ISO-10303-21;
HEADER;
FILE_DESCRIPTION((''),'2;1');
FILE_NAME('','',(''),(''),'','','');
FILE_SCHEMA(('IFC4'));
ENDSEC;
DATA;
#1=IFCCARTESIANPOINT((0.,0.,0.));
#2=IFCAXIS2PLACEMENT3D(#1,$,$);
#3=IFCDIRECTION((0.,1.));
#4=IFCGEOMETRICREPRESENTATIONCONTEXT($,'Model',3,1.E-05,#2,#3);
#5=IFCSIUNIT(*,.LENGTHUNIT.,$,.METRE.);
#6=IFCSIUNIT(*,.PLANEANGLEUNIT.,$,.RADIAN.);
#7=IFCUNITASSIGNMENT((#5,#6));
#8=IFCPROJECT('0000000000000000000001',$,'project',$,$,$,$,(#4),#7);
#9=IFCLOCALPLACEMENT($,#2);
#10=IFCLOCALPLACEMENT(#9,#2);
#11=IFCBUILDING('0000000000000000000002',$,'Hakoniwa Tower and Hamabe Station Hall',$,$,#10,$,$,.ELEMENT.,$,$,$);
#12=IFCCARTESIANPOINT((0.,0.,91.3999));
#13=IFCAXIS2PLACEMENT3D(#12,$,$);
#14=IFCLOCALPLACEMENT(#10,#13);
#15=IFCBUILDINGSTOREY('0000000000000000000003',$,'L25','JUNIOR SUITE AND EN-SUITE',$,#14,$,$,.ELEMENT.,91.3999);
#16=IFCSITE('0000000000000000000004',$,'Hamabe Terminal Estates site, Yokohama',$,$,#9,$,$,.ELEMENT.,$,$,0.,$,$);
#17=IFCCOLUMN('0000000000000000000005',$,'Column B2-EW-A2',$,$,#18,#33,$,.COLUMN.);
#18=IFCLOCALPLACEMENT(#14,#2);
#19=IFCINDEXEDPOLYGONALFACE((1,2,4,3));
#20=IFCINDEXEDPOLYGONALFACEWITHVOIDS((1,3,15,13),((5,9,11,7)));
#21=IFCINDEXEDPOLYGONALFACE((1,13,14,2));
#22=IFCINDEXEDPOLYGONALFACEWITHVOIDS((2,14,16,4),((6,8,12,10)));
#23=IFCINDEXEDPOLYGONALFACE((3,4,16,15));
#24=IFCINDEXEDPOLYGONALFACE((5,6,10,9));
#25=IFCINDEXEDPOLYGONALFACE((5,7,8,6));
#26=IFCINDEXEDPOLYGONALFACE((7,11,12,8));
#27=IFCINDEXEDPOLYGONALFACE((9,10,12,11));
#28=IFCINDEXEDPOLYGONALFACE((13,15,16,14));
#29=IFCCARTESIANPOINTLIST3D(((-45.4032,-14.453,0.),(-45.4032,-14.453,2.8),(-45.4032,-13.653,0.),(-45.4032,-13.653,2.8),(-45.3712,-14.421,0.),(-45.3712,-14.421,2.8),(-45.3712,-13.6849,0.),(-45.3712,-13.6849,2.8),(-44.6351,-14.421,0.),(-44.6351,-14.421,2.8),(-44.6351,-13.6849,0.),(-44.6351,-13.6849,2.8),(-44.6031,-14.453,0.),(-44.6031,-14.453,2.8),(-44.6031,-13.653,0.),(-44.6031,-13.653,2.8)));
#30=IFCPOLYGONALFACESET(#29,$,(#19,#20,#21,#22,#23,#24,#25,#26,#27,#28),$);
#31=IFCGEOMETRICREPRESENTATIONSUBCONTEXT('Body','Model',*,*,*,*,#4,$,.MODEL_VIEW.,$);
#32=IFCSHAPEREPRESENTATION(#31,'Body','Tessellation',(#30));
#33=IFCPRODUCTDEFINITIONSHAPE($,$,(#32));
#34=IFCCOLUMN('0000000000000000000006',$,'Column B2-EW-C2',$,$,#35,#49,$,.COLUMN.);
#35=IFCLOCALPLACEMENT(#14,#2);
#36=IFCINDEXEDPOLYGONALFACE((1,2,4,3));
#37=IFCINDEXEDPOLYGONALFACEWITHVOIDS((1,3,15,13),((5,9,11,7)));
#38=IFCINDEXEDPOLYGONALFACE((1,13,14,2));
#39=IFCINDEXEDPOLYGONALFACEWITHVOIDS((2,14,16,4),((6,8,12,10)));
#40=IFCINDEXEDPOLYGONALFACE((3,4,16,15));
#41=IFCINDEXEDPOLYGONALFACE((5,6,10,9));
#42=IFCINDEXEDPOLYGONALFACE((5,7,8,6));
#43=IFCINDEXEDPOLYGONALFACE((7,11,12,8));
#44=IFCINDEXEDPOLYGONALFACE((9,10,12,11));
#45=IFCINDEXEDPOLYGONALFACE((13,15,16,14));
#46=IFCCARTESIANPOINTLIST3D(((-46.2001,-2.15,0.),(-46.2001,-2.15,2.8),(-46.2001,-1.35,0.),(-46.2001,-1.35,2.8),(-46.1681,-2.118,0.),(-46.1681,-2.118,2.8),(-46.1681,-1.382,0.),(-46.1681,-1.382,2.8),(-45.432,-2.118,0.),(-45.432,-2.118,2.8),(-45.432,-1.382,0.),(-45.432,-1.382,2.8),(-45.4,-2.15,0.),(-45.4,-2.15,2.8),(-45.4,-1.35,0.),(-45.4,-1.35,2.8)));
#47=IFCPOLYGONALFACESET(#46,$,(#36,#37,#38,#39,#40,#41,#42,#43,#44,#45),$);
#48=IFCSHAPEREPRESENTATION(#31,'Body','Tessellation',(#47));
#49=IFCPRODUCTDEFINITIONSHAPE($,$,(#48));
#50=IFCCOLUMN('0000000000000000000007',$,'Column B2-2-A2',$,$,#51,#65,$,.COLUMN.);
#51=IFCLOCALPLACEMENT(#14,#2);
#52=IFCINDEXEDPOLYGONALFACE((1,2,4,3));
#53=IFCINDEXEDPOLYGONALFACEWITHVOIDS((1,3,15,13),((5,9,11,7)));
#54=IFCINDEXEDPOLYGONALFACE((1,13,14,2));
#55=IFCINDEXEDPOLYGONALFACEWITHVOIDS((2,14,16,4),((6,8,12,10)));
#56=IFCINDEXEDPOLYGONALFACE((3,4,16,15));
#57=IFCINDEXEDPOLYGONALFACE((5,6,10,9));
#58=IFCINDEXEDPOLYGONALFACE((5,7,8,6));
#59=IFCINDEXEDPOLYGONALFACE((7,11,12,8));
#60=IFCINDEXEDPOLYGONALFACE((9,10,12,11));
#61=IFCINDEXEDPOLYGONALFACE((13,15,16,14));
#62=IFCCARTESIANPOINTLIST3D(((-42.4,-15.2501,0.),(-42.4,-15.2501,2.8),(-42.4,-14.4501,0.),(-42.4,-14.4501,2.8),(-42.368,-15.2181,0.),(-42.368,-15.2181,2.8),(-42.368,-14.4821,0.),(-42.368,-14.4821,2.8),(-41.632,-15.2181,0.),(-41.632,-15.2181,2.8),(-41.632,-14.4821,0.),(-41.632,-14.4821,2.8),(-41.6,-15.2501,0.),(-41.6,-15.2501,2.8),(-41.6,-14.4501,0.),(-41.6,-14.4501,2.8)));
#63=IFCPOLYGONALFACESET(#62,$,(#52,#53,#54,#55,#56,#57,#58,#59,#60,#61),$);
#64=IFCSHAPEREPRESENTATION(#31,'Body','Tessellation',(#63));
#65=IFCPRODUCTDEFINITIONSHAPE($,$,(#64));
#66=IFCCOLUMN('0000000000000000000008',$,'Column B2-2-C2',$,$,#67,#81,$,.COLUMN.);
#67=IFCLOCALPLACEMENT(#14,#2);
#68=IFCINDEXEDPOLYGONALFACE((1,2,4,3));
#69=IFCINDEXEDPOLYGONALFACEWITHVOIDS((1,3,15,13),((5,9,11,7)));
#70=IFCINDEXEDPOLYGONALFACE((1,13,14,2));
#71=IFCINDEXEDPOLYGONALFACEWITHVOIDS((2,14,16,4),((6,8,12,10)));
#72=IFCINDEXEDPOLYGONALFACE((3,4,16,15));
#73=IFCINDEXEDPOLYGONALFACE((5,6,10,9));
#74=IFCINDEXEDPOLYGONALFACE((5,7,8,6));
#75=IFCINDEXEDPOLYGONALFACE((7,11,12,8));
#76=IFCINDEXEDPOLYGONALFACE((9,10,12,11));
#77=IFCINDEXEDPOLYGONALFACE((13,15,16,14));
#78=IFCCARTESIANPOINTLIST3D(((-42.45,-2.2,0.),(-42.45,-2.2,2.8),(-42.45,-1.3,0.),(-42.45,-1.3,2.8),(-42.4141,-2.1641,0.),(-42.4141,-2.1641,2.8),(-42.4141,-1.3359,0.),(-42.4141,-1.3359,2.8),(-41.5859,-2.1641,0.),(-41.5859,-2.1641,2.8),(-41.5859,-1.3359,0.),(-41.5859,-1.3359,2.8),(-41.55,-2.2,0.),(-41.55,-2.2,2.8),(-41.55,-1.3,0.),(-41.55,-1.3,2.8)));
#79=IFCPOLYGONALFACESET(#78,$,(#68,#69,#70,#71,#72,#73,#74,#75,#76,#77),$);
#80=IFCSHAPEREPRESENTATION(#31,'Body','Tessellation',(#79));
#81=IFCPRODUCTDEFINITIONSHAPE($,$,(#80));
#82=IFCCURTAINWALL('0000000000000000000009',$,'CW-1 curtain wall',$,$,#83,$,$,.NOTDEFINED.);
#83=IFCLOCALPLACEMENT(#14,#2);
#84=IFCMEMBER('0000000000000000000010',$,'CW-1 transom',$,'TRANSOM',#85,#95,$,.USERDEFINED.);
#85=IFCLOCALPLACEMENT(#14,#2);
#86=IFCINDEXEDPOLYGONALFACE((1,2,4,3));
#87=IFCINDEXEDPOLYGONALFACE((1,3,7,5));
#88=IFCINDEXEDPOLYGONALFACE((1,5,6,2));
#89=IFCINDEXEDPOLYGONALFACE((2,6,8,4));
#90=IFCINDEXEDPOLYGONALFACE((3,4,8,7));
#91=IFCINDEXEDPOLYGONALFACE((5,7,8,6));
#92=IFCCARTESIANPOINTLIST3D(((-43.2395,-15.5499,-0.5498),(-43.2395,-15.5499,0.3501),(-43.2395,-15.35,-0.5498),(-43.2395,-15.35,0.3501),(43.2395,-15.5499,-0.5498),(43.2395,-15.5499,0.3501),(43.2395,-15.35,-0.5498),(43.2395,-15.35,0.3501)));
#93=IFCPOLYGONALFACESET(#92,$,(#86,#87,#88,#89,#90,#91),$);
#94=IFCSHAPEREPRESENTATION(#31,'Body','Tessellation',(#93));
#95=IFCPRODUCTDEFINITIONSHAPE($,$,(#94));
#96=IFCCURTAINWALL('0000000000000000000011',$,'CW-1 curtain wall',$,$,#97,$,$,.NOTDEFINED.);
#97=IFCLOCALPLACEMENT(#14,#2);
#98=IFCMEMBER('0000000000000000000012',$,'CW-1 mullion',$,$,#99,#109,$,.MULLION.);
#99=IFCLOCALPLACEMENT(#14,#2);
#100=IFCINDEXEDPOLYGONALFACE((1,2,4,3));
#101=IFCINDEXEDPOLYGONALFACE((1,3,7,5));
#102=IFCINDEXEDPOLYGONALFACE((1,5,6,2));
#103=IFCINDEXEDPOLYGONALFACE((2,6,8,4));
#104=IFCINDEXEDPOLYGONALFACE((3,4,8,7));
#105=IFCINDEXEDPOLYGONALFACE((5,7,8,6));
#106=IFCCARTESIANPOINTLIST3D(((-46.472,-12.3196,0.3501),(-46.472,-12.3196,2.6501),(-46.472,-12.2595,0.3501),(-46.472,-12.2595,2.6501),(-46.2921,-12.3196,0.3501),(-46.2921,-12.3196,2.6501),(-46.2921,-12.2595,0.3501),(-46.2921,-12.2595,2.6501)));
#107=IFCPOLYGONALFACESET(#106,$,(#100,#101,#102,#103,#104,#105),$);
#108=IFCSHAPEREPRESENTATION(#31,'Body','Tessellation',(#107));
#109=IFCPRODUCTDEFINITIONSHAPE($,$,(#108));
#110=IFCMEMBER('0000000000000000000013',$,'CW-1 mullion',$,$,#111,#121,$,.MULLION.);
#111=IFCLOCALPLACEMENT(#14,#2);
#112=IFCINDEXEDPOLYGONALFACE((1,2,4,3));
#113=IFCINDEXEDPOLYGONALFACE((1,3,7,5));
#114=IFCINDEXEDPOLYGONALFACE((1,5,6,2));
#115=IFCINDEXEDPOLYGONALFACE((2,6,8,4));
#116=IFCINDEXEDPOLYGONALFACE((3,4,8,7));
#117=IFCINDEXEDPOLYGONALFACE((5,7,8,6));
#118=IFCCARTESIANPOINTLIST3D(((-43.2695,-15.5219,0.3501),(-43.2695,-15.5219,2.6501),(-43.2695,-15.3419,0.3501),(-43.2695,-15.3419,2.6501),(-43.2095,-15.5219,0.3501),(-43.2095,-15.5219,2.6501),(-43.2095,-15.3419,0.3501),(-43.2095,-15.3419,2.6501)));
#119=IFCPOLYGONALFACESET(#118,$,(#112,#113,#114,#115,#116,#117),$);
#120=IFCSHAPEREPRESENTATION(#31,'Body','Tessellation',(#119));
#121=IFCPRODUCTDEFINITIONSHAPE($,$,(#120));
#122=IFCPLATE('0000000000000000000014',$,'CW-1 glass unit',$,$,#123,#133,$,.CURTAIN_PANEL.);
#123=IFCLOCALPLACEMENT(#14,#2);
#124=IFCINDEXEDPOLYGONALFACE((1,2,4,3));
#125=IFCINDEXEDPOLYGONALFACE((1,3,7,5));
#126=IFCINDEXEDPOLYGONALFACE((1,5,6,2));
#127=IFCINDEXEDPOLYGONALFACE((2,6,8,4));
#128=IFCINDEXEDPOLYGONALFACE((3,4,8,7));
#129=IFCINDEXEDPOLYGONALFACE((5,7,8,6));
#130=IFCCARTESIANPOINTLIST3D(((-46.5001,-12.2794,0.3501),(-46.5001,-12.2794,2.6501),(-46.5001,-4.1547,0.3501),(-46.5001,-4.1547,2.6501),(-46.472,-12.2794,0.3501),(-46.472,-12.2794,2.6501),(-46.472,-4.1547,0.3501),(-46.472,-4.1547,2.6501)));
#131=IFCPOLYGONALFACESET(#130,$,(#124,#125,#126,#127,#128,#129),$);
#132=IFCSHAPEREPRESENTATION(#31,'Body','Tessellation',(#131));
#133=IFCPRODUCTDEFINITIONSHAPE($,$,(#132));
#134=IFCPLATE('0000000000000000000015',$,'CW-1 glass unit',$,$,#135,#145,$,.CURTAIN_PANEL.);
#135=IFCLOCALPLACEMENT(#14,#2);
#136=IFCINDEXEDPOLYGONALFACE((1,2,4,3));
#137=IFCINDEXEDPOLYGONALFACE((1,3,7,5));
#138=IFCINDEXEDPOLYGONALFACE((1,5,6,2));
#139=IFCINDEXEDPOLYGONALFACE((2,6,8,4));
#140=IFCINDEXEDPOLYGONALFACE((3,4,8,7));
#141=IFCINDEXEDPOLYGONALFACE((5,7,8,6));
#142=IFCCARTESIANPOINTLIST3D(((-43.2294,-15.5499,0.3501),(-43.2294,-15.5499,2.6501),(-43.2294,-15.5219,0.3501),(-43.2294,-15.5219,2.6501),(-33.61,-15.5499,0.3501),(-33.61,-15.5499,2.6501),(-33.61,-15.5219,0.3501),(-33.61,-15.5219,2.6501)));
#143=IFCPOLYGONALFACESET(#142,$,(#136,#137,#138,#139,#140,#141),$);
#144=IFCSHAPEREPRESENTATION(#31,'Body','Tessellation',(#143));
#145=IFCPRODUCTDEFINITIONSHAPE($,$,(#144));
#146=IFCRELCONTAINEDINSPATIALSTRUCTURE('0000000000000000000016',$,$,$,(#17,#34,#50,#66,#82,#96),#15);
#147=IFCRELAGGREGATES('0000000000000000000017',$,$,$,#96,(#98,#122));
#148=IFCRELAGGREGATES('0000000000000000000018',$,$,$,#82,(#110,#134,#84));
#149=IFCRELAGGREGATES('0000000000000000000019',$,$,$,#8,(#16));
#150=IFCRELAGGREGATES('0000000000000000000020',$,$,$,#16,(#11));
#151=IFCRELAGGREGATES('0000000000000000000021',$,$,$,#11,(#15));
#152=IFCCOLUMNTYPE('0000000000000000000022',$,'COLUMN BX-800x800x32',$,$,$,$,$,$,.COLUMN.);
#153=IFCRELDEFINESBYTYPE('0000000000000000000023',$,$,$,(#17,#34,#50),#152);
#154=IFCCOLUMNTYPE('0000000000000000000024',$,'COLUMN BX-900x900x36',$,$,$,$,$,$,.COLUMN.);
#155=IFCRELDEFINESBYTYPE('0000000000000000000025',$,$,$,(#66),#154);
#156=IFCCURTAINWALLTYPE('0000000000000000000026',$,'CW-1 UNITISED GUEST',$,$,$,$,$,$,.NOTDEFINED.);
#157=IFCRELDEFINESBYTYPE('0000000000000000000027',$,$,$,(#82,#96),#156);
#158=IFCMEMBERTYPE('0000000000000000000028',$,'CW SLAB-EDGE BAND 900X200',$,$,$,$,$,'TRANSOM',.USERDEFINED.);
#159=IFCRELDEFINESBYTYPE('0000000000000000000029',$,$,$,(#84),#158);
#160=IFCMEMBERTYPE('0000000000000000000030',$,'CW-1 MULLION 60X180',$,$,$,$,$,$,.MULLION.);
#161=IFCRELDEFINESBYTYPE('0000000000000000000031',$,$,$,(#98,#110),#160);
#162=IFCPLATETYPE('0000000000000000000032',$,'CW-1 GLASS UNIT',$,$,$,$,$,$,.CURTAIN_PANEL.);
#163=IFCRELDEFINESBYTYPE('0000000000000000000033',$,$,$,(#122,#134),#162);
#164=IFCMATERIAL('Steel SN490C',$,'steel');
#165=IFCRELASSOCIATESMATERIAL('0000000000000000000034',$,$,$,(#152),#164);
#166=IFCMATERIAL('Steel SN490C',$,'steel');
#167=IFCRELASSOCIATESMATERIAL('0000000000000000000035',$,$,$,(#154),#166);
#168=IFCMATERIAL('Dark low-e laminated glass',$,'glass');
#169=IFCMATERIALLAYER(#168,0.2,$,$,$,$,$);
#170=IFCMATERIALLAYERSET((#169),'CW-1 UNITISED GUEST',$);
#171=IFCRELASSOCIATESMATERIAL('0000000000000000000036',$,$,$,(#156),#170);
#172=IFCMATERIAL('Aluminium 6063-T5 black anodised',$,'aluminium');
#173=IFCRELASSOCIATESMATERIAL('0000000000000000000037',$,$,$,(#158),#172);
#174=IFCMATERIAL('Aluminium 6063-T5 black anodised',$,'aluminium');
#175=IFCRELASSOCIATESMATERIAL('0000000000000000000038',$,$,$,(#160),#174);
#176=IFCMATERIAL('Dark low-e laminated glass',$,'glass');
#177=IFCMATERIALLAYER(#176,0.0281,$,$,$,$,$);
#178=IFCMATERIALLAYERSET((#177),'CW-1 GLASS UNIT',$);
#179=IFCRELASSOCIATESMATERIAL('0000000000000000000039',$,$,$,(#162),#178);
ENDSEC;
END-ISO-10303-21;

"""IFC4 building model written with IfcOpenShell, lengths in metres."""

from ifc_helpers import new_model, si_unit, direction, frame, origin, origin_2d, place, context, subcontext, project, spatial, rectangle, hollow_rectangle, extrude, material, layer, layer_set, material_profile, profile_set, type_object, element, aggregate, save


model = new_model("IFC4")

# Units and contexts
model_context = context("Model", 3, precision=1e-05, world=origin(), true_north=direction((0.0, 1.0)))
body_context = subcontext(model_context, "Body", "Model", "MODEL_VIEW")
ifc_project = project(units=[si_unit("LENGTHUNIT", "METRE"), si_unit("PLANEANGLEUNIT", "RADIAN")], contexts=[model_context])

# Site, building, storey
site_placement = place(None, origin())
site = spatial("IfcSite", under=ifc_project, at=site_placement, Name="Hamabe Terminal Estates site, Yokohama", CompositionType="ELEMENT", RefElevation=0.0)
building_placement = place(site_placement, origin())
building = spatial("IfcBuilding", under=site, at=building_placement, Name="Hakoniwa Tower and Hamabe Station Hall", CompositionType="ELEMENT")
storey_placement = place(building_placement, frame((0.0, 0.0, 91.3999)))
storey = spatial("IfcBuildingStorey", under=building, at=storey_placement, Name="L25", Description="JUNIOR SUITE AND EN-SUITE", CompositionType="ELEMENT", Elevation=91.3999)

# Columns
ifc_material_1 = material(Name="Steel SN490C", Category="steel")
ifc_material_profile_1 = material_profile(ifc_material_1, hollow_rectangle(XDim=0.8, YDim=0.8, WallThickness=0.032, at=origin_2d()), Name="BX-800x800x32")
ifc_profile_set_1 = profile_set([ifc_material_profile_1], Name="Steel SN490C")
column_type_1 = type_object("IfcColumnType", Name="COLUMN BX-800x800x32", PredefinedType="COLUMN", material=ifc_profile_set_1)
for number, where, z_axis, x_axis, name in (
    (1, (-45.0032, -14.053, 0.0), (0.0, 0.0, 1.0), (1.0, 0.0, 0.0), "Column B2-EW-A2"),
    (2, (-45.8, -1.75, 0.0), (0.0, 0.0, 1.0), (1.0, 0.0, 0.0), "Column B2-EW-C2"),
    (3, (-42.0, -14.8501, 0.0), (0.0, 0.0, 1.0), (1.0, 0.0, 0.0), "Column B2-2-A2"),
):
    element("IfcColumn", number, at=place(storey_placement, frame(where, z_axis=z_axis, x_axis=x_axis)), inside=storey, type_object=column_type_1, Name=name, PredefinedType="COLUMN", context=body_context, shape_type="SweptSolid", body=[
        extrude(hollow_rectangle(XDim=0.8, YDim=0.8, WallThickness=0.032, at=origin_2d()), origin(), (0.0, 0.0, 1.0), 2.8),
    ])
ifc_material_2 = material(Name="Steel SN490C", Category="steel")
ifc_material_profile_2 = material_profile(ifc_material_2, hollow_rectangle(XDim=0.8999, YDim=0.8999, WallThickness=0.0359, at=origin_2d()), Name="BX-900x900x36")
ifc_profile_set_2 = profile_set([ifc_material_profile_2], Name="Steel SN490C")
column_type_2 = type_object("IfcColumnType", Name="COLUMN BX-900x900x36", PredefinedType="COLUMN", material=ifc_profile_set_2)
column_placement = place(storey_placement, frame((-42.0, -1.75, 0.0), z_axis=(0.0, 0.0, 1.0), x_axis=(1.0, 0.0, 0.0)))
element("IfcColumn", 4, at=column_placement, inside=storey, type_object=column_type_2, Name="Column B2-2-C2", PredefinedType="COLUMN", context=body_context, shape_type="SweptSolid", body=[
    extrude(hollow_rectangle(XDim=0.8999, YDim=0.8999, WallThickness=0.0359, at=origin_2d()), origin(), (0.0, 0.0, 1.0), 2.8),
])

# Curtain walls, members
ifc_material_3 = material(Name="Dark low-e laminated glass", Category="glass")
ifc_layer_1 = layer(ifc_material_3, 0.2)
ifc_layer_set_1 = layer_set([ifc_layer_1], Name="CW-1 UNITISED GUEST")
curtain_wall_type = type_object("IfcCurtainWallType", Name="CW-1 UNITISED GUEST", PredefinedType="NOTDEFINED", material=ifc_layer_set_1)
curtain_wall_1_placement = place(storey_placement, origin())
curtain_wall_1 = element("IfcCurtainWall", 5, at=curtain_wall_1_placement, inside=storey, type_object=curtain_wall_type, Name="CW-1 curtain wall", PredefinedType="NOTDEFINED")
ifc_material_4 = material(Name="Aluminium 6063-T5 black anodised", Category="aluminium")
ifc_material_profile_3 = material_profile(ifc_material_4, rectangle(XDim=0.2, YDim=0.8999, at=origin_2d()), Name="CW SLAB-EDGE BAND 900X200")
ifc_profile_set_3 = profile_set([ifc_material_profile_3], Name="Aluminium 6063-T5 black anodised")
member_type_1 = type_object("IfcMemberType", Name="CW SLAB-EDGE BAND 900X200", ElementType="TRANSOM", PredefinedType="USERDEFINED", material=ifc_profile_set_3)
member_1_placement = place(storey_placement, frame((-43.2395, -15.45, -0.0999), z_axis=(1.0, 0.0, 0.0), x_axis=(0.0, 1.0, 0.0)))
member_1 = element("IfcMember", 6, at=member_1_placement, type_object=member_type_1, Name="CW-1 transom", ObjectType="TRANSOM", PredefinedType="USERDEFINED", context=body_context, shape_type="SweptSolid", body=[
    extrude(rectangle(XDim=0.2, YDim=0.8999, at=origin_2d()), origin(), (0.0, 0.0, 1.0), 86.479),
])
curtain_wall_2_placement = place(storey_placement, origin())
curtain_wall_2 = element("IfcCurtainWall", 7, at=curtain_wall_2_placement, inside=storey, type_object=curtain_wall_type, Name="CW-1 curtain wall", PredefinedType="NOTDEFINED")
ifc_material_5 = material(Name="Aluminium 6063-T5 black anodised", Category="aluminium")
ifc_material_profile_4 = material_profile(ifc_material_5, rectangle(XDim=0.0601, YDim=0.1799, at=origin_2d()), Name="CW-1 MULLION 60X180")
ifc_profile_set_4 = profile_set([ifc_material_profile_4], Name="Aluminium 6063-T5 black anodised")
member_type_2 = type_object("IfcMemberType", Name="CW-1 MULLION 60X180", PredefinedType="MULLION", material=ifc_profile_set_4)
member_2_placement = place(storey_placement, frame((-46.3821, -12.2896, 0.3501), z_axis=(0.0, 0.0, 1.0), x_axis=(0.0, -1.0, 0.0)))
member_2 = element("IfcMember", 8, at=member_2_placement, type_object=member_type_2, Name="CW-1 mullion", PredefinedType="MULLION", context=body_context, shape_type="SweptSolid", body=[
    extrude(rectangle(XDim=0.0601, YDim=0.1799, at=origin_2d()), origin(), (0.0, 0.0, 1.0), 2.3),
])

# Member
member_3_placement = place(storey_placement, frame((-43.2395, -15.4319, 0.3501), z_axis=(0.0, 0.0, 1.0), x_axis=(1.0, 0.0, 0.0)))
member_3 = element("IfcMember", 9, at=member_3_placement, type_object=member_type_2, Name="CW-1 mullion", PredefinedType="MULLION", context=body_context, shape_type="SweptSolid", body=[
    extrude(rectangle(XDim=0.0601, YDim=0.1799, at=origin_2d()), origin(), (0.0, 0.0, 1.0), 2.3),
])

# Plates
ifc_material_6 = material(Name="Dark low-e laminated glass", Category="glass")
ifc_layer_2 = layer(ifc_material_6, 0.0281)
ifc_layer_set_2 = layer_set([ifc_layer_2], Name="CW-1 GLASS UNIT")
plate_type = type_object("IfcPlateType", Name="CW-1 GLASS UNIT", PredefinedType="CURTAIN_PANEL", material=ifc_layer_set_2)
plate_1_placement = place(storey_placement, frame((-46.4861, -8.217, 0.3501), z_axis=(0.0, 0.0, 1.0), x_axis=(0.0, -1.0, 0.0)))
plate_1 = element("IfcPlate", 10, at=plate_1_placement, type_object=plate_type, Name="CW-1 glass unit", PredefinedType="CURTAIN_PANEL", context=body_context, shape_type="SweptSolid", body=[
    extrude(rectangle(XDim=8.1248, YDim=0.0281, at=origin_2d()), origin(), (0.0, 0.0, 1.0), 2.3),
])
aggregate(curtain_wall_2, [member_2, plate_1])
plate_2_placement = place(storey_placement, frame((-38.4197, -15.5359, 0.3501), z_axis=(0.0, 0.0, 1.0), x_axis=(1.0, 0.0, 0.0)))
plate_2 = element("IfcPlate", 11, at=plate_2_placement, type_object=plate_type, Name="CW-1 glass unit", PredefinedType="CURTAIN_PANEL", context=body_context, shape_type="SweptSolid", body=[
    extrude(rectangle(XDim=9.6194, YDim=0.0281, at=origin_2d()), origin(), (0.0, 0.0, 1.0), 2.3),
])
aggregate(curtain_wall_1, [member_3, plate_2, member_1])

save(model, "model.ifc")
